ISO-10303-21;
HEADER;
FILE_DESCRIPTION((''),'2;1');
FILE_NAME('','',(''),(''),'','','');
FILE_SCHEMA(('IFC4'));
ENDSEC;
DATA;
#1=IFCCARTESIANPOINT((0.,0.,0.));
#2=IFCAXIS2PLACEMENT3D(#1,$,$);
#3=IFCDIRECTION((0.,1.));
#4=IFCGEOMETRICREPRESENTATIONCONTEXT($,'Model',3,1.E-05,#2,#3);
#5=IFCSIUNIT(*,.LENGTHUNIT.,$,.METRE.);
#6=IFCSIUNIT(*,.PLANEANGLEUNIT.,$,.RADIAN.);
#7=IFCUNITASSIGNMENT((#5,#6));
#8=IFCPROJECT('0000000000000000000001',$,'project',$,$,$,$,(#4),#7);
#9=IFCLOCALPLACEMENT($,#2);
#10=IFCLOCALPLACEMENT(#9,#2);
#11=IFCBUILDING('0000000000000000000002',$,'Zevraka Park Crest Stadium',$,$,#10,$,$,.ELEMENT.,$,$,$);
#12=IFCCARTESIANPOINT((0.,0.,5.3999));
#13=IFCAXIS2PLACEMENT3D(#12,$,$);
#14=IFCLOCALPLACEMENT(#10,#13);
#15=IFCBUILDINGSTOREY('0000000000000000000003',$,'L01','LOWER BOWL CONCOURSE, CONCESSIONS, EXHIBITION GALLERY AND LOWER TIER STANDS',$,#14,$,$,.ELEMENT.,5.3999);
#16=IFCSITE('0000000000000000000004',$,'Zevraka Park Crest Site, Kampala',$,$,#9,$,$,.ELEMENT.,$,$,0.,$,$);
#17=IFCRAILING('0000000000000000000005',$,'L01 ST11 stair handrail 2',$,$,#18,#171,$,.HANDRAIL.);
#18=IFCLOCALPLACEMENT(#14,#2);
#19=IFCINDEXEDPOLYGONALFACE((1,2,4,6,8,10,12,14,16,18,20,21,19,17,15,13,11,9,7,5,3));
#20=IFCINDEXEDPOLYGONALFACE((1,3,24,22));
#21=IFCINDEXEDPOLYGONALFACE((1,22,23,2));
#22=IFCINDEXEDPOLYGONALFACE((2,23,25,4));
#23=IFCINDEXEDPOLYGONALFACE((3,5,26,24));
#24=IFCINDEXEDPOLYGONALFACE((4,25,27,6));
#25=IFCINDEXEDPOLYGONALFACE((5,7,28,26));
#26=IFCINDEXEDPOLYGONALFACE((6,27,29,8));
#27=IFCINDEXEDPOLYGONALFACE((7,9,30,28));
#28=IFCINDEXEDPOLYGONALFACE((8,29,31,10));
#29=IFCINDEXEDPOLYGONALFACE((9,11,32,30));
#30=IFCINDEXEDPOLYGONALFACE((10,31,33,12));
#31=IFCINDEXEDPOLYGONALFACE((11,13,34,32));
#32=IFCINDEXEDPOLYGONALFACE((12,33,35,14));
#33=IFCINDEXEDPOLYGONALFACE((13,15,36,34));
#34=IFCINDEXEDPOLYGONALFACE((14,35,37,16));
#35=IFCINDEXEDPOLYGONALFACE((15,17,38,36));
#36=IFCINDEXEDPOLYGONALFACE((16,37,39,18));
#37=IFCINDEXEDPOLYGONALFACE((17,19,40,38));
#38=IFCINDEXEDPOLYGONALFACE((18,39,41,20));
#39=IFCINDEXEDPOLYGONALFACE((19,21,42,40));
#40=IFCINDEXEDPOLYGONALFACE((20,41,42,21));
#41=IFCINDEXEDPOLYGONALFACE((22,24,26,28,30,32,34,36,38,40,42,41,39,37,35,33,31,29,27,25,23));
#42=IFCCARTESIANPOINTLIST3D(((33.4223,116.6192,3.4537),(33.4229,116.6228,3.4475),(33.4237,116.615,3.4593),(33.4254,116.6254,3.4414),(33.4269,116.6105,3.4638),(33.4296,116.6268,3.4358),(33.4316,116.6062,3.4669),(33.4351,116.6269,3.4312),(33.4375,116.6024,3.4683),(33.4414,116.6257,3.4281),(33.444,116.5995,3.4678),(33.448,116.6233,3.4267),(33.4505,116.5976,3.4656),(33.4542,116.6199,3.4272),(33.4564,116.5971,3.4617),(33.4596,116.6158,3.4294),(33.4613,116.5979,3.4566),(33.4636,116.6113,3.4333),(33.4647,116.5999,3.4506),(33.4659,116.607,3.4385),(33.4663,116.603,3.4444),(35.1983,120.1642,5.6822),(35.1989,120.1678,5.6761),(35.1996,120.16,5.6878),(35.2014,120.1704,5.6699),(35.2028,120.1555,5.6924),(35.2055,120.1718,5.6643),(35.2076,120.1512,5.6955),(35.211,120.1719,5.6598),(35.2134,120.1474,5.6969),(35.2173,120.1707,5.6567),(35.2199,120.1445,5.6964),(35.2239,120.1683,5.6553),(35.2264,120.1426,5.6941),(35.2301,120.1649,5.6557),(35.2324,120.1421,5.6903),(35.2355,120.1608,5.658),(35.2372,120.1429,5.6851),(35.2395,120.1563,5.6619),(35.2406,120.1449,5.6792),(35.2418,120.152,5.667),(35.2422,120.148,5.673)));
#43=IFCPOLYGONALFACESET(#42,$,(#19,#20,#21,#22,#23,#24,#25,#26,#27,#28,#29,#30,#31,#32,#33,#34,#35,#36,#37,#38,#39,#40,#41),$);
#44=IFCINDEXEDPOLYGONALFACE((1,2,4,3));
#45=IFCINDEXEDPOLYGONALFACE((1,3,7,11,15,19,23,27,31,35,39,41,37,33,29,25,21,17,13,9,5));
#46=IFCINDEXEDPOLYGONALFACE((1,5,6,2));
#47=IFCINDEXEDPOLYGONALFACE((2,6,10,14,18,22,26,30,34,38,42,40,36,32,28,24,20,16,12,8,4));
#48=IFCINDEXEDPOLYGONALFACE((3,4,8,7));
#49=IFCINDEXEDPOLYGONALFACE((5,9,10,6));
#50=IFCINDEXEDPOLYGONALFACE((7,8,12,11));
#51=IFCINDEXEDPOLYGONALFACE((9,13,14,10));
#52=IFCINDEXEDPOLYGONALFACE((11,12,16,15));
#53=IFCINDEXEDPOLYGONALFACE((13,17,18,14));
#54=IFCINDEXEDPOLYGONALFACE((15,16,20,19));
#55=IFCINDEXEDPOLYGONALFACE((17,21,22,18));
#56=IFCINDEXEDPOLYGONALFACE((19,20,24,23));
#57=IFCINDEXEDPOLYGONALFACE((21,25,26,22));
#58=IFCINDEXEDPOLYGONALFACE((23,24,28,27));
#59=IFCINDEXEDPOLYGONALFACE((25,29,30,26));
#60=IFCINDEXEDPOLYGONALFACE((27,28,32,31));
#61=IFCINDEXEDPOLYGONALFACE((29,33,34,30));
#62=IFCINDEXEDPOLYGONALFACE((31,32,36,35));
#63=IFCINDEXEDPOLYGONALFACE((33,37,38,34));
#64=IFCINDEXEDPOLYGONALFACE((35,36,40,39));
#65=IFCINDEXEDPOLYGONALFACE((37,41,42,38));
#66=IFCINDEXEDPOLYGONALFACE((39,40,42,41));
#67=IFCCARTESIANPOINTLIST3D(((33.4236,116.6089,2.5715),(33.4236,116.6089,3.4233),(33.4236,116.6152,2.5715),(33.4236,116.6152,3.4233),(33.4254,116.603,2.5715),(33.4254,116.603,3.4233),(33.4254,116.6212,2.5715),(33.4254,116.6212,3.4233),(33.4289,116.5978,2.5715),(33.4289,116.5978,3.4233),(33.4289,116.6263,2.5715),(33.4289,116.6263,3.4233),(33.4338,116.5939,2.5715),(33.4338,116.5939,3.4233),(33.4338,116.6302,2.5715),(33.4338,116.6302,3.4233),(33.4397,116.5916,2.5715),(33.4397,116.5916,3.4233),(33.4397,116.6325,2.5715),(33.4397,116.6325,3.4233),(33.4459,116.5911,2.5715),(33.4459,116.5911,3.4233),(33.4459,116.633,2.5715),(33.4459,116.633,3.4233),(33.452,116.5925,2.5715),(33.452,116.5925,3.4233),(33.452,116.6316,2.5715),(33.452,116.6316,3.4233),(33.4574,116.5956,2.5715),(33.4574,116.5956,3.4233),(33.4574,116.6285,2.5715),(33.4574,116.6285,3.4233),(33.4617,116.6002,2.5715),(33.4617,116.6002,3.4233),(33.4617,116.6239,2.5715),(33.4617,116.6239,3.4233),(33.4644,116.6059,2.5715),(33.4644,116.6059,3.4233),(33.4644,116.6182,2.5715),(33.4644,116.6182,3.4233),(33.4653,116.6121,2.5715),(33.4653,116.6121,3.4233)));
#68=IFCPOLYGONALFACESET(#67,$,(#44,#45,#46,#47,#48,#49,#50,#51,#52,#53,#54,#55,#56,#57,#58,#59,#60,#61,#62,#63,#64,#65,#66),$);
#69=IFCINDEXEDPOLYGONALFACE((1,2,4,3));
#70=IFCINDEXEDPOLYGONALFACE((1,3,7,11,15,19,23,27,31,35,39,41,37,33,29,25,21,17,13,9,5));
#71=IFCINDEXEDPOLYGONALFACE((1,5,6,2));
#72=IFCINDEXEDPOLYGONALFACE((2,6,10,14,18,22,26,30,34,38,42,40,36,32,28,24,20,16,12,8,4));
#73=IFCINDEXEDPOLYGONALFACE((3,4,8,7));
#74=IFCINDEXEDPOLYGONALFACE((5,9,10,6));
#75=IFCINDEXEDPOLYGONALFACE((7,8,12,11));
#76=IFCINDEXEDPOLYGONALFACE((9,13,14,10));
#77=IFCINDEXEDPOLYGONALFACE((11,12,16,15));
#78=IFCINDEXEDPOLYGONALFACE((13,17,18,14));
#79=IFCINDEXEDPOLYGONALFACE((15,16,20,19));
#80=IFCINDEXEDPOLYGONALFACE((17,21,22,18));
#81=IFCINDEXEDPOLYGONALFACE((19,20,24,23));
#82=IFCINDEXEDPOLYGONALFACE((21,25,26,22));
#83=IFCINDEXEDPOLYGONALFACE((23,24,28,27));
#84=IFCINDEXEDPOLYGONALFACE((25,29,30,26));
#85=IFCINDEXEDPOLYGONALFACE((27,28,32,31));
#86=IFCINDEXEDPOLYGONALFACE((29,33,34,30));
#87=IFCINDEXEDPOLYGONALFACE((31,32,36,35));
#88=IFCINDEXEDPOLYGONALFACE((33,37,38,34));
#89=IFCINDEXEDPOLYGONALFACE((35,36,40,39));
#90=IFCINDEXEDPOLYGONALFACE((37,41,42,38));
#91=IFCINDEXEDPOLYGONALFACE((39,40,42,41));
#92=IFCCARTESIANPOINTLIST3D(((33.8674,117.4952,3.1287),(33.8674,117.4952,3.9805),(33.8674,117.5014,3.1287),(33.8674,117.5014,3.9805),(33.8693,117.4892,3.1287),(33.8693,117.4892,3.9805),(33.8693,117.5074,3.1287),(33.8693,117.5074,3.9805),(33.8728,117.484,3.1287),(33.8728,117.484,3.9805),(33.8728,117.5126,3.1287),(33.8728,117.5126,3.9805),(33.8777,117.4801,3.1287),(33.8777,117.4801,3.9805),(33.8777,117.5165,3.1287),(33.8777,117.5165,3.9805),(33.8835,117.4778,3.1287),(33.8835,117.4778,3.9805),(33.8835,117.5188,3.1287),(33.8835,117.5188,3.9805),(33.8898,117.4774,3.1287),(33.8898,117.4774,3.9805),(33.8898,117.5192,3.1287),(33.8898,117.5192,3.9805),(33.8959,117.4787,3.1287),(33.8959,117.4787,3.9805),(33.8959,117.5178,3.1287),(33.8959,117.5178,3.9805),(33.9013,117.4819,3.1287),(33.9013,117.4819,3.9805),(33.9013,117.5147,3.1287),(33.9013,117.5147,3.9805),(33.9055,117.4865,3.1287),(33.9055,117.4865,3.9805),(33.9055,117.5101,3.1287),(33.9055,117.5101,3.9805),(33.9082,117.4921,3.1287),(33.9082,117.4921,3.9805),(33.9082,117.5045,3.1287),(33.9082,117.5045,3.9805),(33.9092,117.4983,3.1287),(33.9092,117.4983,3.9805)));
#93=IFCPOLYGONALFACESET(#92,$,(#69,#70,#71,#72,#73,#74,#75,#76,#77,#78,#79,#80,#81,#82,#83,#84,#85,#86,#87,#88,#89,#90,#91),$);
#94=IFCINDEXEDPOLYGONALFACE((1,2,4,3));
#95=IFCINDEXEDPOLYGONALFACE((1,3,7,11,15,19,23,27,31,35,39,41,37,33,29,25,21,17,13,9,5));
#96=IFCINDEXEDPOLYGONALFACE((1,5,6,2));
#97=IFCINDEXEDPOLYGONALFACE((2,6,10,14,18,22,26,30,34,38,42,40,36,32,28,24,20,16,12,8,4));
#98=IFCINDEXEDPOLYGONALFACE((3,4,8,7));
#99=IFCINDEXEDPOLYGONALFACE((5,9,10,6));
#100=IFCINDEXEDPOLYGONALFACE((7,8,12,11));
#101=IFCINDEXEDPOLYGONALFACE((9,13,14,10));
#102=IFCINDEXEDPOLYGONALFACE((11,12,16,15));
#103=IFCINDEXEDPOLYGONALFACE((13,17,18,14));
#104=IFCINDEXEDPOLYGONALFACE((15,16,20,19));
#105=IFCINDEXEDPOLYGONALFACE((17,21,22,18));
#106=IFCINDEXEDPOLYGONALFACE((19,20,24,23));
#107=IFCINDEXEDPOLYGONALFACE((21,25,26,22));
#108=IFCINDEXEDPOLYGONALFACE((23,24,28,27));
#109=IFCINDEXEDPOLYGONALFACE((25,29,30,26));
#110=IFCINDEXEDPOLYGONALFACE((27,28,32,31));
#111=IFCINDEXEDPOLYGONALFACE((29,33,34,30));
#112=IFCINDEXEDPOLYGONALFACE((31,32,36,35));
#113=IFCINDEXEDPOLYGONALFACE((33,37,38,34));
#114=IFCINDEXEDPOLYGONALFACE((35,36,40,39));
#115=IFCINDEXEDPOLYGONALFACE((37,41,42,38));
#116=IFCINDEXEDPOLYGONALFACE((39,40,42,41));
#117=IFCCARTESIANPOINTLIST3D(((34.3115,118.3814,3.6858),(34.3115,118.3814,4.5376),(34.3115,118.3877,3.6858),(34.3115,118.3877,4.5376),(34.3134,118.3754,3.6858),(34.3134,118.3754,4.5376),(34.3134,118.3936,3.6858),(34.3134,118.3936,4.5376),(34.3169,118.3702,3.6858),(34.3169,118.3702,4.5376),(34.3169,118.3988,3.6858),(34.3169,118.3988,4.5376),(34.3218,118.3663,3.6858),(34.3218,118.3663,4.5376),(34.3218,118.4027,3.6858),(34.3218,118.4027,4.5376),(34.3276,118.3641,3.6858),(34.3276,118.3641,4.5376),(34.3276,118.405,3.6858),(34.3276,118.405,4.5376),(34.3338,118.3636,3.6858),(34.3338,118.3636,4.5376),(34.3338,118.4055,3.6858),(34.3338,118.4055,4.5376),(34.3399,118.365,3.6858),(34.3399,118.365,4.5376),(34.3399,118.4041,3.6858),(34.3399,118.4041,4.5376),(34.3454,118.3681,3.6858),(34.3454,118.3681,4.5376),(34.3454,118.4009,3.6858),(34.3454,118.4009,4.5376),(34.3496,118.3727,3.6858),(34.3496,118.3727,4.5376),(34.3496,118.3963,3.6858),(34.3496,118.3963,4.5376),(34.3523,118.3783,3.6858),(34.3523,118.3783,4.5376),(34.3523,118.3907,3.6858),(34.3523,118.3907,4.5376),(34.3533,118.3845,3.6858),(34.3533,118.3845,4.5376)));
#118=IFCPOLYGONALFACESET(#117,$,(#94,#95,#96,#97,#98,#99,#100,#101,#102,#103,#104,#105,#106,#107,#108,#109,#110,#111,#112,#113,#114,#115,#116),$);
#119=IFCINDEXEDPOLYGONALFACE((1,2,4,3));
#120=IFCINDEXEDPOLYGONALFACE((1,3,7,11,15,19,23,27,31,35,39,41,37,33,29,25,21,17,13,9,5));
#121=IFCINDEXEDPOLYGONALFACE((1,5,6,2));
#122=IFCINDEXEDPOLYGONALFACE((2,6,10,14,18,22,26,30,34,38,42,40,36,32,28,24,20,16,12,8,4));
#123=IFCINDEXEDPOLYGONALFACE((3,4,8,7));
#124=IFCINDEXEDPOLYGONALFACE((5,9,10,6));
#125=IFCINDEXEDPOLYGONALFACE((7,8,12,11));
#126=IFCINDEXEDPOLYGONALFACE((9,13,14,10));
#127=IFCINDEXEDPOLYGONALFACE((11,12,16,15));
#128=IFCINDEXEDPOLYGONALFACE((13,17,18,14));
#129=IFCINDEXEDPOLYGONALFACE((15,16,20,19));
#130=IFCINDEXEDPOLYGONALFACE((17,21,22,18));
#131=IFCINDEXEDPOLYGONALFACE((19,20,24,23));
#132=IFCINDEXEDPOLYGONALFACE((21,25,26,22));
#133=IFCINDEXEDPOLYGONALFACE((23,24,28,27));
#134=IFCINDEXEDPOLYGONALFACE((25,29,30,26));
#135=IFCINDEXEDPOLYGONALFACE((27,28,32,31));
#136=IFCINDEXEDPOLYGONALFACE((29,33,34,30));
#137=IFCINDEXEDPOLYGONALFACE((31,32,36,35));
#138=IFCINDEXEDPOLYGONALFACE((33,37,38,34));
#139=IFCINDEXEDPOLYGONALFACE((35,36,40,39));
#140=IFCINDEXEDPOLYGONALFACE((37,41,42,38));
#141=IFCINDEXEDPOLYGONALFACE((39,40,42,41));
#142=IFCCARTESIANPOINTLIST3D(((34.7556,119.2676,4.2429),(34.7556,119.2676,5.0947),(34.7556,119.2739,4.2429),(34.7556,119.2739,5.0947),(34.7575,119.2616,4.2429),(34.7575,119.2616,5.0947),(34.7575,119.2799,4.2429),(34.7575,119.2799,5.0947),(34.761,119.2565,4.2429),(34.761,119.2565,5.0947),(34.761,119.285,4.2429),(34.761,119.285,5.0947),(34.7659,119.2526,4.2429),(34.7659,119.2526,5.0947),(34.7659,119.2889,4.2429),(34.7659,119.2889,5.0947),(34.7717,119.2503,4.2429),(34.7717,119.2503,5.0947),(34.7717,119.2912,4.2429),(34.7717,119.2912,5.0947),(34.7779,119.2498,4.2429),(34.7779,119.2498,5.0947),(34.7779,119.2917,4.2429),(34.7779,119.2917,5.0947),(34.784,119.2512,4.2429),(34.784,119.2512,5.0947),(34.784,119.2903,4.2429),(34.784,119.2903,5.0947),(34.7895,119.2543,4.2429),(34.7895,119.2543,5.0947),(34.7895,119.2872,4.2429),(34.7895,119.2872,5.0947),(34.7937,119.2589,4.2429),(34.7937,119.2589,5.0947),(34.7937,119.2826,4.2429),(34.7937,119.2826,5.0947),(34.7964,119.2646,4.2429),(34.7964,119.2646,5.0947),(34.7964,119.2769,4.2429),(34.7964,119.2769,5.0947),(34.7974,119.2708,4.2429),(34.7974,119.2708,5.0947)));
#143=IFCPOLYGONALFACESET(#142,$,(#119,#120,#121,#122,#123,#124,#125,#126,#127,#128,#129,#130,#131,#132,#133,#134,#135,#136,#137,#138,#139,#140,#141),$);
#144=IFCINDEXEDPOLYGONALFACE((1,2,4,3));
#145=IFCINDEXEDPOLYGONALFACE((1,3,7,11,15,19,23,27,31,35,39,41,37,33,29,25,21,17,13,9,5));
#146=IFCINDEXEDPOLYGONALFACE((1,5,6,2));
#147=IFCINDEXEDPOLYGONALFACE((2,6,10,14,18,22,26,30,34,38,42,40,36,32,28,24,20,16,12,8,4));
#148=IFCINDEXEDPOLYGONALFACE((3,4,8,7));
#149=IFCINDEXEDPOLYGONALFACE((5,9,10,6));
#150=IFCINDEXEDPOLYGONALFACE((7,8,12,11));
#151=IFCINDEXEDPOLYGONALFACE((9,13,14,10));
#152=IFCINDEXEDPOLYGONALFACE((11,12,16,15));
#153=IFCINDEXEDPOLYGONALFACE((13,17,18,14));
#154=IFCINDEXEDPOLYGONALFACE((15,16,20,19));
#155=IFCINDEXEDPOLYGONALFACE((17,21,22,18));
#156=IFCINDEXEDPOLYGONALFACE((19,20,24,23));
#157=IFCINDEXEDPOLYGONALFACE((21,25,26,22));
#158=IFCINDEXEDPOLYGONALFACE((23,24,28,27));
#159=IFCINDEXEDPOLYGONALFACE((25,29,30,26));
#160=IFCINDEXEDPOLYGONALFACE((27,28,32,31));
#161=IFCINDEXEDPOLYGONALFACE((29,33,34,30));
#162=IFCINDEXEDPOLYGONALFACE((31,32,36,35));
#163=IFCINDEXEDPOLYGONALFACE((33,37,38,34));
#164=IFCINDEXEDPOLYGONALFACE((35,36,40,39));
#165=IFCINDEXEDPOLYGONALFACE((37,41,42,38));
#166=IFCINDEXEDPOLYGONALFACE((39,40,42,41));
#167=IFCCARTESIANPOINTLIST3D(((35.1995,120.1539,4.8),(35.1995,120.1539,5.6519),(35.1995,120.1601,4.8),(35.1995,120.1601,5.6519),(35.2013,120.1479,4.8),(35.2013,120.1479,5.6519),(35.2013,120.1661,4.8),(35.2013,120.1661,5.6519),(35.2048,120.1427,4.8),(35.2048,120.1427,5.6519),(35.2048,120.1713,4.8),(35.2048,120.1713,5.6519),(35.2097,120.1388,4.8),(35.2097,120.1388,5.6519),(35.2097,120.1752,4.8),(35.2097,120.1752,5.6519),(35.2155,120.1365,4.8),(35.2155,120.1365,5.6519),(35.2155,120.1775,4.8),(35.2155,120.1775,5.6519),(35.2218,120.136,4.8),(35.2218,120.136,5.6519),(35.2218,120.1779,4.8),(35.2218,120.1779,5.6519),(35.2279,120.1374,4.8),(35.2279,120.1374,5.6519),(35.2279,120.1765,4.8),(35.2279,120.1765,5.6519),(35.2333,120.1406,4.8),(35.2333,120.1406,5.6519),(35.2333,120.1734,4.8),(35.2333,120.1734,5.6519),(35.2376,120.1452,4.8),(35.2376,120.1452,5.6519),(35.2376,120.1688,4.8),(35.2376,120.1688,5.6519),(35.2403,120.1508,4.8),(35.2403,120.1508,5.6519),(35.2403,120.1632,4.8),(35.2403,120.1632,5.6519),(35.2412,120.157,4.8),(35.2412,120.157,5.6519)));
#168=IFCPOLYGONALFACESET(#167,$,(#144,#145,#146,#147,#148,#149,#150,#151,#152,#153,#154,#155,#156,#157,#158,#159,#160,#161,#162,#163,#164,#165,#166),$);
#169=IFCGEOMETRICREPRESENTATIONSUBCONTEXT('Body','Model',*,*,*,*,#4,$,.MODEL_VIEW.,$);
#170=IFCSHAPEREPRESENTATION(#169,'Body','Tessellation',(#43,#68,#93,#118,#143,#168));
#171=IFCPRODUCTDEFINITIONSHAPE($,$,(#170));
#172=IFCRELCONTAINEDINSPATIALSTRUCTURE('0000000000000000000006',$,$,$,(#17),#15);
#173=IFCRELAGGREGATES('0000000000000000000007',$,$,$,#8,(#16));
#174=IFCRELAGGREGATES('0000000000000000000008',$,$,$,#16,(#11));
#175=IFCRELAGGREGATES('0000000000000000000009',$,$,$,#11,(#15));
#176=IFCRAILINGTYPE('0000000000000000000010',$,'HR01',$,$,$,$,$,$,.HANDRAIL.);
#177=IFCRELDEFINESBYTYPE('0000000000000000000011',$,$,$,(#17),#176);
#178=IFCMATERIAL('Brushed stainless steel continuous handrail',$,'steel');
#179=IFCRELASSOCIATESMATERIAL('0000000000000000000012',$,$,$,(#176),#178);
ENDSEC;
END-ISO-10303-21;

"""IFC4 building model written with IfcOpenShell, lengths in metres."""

from ifc_helpers import new_model, si_unit, direction, frame, origin, origin_2d, place, context, subcontext, project, spatial, circle, extrude, material, type_object, element, save


model = new_model("IFC4")

# Units and contexts
model_context = context("Model", 3, precision=1e-05, world=origin(), true_north=direction((0.0, 1.0)))
body_context = subcontext(model_context, "Body", "Model", "MODEL_VIEW")
ifc_project = project(units=[si_unit("LENGTHUNIT", "METRE"), si_unit("PLANEANGLEUNIT", "RADIAN")], contexts=[model_context])

# Site, building, storey
site_placement = place(None, origin())
site = spatial("IfcSite", under=ifc_project, at=site_placement, Name="Zevraka Park Crest Site, Kampala", CompositionType="ELEMENT", RefElevation=0.0)
building_placement = place(site_placement, origin())
building = spatial("IfcBuilding", under=site, at=building_placement, Name="Zevraka Park Crest Stadium", CompositionType="ELEMENT")
storey_placement = place(building_placement, frame((0.0, 0.0, 5.3999)))
storey = spatial("IfcBuildingStorey", under=building, at=storey_placement, Name="L01", Description="LOWER BOWL CONCOURSE, CONCESSIONS, EXHIBITION GALLERY AND LOWER TIER STANDS", CompositionType="ELEMENT", Elevation=5.3999)

# Railing
ifc_material_1 = material(Name="Brushed stainless steel continuous handrail", Category="steel")
railing_type_1 = type_object("IfcRailingType", Name="HR01", PredefinedType="HANDRAIL", material=ifc_material_1)
railing_1_placement = place(storey_placement, frame((33.4443, 116.6121, 2.5715)))
element("IfcRailing", 1, at=railing_1_placement, inside=storey, type_object=railing_type_1, Name="L01 ST11 stair handrail 2", PredefinedType="HANDRAIL", context=body_context, shape_type="SweptSolid", body=[
    extrude(circle(Radius=0.0239, at=origin_2d()), frame((0.0, 0.0, 0.876), z_axis=(0.390454, 0.779405, 0.489973), x_axis=(-0.894082, 0.447903, 0.0)), (0.0, 0.0, 1.0), 4.5483),
    extrude(circle(Radius=0.021, at=origin_2d()), origin(), (0.0, 0.0, 1.0), 0.8518),
    extrude(circle(Radius=0.021, at=origin_2d()), frame((0.4438, 0.8862, 0.5571)), (0.0, 0.0, 1.0), 0.8518),
    extrude(circle(Radius=0.021, at=origin_2d()), frame((0.8879, 1.7725, 1.1143)), (0.0, 0.0, 1.0), 0.8518),
    extrude(circle(Radius=0.021, at=origin_2d()), frame((1.332, 2.6587, 1.6714)), (0.0, 0.0, 1.0), 0.8518),
    extrude(circle(Radius=0.021, at=origin_2d()), frame((1.7759, 3.5449, 2.2285)), (0.0, 0.0, 1.0), 0.8518),
])

save(model, "model.ifc")
